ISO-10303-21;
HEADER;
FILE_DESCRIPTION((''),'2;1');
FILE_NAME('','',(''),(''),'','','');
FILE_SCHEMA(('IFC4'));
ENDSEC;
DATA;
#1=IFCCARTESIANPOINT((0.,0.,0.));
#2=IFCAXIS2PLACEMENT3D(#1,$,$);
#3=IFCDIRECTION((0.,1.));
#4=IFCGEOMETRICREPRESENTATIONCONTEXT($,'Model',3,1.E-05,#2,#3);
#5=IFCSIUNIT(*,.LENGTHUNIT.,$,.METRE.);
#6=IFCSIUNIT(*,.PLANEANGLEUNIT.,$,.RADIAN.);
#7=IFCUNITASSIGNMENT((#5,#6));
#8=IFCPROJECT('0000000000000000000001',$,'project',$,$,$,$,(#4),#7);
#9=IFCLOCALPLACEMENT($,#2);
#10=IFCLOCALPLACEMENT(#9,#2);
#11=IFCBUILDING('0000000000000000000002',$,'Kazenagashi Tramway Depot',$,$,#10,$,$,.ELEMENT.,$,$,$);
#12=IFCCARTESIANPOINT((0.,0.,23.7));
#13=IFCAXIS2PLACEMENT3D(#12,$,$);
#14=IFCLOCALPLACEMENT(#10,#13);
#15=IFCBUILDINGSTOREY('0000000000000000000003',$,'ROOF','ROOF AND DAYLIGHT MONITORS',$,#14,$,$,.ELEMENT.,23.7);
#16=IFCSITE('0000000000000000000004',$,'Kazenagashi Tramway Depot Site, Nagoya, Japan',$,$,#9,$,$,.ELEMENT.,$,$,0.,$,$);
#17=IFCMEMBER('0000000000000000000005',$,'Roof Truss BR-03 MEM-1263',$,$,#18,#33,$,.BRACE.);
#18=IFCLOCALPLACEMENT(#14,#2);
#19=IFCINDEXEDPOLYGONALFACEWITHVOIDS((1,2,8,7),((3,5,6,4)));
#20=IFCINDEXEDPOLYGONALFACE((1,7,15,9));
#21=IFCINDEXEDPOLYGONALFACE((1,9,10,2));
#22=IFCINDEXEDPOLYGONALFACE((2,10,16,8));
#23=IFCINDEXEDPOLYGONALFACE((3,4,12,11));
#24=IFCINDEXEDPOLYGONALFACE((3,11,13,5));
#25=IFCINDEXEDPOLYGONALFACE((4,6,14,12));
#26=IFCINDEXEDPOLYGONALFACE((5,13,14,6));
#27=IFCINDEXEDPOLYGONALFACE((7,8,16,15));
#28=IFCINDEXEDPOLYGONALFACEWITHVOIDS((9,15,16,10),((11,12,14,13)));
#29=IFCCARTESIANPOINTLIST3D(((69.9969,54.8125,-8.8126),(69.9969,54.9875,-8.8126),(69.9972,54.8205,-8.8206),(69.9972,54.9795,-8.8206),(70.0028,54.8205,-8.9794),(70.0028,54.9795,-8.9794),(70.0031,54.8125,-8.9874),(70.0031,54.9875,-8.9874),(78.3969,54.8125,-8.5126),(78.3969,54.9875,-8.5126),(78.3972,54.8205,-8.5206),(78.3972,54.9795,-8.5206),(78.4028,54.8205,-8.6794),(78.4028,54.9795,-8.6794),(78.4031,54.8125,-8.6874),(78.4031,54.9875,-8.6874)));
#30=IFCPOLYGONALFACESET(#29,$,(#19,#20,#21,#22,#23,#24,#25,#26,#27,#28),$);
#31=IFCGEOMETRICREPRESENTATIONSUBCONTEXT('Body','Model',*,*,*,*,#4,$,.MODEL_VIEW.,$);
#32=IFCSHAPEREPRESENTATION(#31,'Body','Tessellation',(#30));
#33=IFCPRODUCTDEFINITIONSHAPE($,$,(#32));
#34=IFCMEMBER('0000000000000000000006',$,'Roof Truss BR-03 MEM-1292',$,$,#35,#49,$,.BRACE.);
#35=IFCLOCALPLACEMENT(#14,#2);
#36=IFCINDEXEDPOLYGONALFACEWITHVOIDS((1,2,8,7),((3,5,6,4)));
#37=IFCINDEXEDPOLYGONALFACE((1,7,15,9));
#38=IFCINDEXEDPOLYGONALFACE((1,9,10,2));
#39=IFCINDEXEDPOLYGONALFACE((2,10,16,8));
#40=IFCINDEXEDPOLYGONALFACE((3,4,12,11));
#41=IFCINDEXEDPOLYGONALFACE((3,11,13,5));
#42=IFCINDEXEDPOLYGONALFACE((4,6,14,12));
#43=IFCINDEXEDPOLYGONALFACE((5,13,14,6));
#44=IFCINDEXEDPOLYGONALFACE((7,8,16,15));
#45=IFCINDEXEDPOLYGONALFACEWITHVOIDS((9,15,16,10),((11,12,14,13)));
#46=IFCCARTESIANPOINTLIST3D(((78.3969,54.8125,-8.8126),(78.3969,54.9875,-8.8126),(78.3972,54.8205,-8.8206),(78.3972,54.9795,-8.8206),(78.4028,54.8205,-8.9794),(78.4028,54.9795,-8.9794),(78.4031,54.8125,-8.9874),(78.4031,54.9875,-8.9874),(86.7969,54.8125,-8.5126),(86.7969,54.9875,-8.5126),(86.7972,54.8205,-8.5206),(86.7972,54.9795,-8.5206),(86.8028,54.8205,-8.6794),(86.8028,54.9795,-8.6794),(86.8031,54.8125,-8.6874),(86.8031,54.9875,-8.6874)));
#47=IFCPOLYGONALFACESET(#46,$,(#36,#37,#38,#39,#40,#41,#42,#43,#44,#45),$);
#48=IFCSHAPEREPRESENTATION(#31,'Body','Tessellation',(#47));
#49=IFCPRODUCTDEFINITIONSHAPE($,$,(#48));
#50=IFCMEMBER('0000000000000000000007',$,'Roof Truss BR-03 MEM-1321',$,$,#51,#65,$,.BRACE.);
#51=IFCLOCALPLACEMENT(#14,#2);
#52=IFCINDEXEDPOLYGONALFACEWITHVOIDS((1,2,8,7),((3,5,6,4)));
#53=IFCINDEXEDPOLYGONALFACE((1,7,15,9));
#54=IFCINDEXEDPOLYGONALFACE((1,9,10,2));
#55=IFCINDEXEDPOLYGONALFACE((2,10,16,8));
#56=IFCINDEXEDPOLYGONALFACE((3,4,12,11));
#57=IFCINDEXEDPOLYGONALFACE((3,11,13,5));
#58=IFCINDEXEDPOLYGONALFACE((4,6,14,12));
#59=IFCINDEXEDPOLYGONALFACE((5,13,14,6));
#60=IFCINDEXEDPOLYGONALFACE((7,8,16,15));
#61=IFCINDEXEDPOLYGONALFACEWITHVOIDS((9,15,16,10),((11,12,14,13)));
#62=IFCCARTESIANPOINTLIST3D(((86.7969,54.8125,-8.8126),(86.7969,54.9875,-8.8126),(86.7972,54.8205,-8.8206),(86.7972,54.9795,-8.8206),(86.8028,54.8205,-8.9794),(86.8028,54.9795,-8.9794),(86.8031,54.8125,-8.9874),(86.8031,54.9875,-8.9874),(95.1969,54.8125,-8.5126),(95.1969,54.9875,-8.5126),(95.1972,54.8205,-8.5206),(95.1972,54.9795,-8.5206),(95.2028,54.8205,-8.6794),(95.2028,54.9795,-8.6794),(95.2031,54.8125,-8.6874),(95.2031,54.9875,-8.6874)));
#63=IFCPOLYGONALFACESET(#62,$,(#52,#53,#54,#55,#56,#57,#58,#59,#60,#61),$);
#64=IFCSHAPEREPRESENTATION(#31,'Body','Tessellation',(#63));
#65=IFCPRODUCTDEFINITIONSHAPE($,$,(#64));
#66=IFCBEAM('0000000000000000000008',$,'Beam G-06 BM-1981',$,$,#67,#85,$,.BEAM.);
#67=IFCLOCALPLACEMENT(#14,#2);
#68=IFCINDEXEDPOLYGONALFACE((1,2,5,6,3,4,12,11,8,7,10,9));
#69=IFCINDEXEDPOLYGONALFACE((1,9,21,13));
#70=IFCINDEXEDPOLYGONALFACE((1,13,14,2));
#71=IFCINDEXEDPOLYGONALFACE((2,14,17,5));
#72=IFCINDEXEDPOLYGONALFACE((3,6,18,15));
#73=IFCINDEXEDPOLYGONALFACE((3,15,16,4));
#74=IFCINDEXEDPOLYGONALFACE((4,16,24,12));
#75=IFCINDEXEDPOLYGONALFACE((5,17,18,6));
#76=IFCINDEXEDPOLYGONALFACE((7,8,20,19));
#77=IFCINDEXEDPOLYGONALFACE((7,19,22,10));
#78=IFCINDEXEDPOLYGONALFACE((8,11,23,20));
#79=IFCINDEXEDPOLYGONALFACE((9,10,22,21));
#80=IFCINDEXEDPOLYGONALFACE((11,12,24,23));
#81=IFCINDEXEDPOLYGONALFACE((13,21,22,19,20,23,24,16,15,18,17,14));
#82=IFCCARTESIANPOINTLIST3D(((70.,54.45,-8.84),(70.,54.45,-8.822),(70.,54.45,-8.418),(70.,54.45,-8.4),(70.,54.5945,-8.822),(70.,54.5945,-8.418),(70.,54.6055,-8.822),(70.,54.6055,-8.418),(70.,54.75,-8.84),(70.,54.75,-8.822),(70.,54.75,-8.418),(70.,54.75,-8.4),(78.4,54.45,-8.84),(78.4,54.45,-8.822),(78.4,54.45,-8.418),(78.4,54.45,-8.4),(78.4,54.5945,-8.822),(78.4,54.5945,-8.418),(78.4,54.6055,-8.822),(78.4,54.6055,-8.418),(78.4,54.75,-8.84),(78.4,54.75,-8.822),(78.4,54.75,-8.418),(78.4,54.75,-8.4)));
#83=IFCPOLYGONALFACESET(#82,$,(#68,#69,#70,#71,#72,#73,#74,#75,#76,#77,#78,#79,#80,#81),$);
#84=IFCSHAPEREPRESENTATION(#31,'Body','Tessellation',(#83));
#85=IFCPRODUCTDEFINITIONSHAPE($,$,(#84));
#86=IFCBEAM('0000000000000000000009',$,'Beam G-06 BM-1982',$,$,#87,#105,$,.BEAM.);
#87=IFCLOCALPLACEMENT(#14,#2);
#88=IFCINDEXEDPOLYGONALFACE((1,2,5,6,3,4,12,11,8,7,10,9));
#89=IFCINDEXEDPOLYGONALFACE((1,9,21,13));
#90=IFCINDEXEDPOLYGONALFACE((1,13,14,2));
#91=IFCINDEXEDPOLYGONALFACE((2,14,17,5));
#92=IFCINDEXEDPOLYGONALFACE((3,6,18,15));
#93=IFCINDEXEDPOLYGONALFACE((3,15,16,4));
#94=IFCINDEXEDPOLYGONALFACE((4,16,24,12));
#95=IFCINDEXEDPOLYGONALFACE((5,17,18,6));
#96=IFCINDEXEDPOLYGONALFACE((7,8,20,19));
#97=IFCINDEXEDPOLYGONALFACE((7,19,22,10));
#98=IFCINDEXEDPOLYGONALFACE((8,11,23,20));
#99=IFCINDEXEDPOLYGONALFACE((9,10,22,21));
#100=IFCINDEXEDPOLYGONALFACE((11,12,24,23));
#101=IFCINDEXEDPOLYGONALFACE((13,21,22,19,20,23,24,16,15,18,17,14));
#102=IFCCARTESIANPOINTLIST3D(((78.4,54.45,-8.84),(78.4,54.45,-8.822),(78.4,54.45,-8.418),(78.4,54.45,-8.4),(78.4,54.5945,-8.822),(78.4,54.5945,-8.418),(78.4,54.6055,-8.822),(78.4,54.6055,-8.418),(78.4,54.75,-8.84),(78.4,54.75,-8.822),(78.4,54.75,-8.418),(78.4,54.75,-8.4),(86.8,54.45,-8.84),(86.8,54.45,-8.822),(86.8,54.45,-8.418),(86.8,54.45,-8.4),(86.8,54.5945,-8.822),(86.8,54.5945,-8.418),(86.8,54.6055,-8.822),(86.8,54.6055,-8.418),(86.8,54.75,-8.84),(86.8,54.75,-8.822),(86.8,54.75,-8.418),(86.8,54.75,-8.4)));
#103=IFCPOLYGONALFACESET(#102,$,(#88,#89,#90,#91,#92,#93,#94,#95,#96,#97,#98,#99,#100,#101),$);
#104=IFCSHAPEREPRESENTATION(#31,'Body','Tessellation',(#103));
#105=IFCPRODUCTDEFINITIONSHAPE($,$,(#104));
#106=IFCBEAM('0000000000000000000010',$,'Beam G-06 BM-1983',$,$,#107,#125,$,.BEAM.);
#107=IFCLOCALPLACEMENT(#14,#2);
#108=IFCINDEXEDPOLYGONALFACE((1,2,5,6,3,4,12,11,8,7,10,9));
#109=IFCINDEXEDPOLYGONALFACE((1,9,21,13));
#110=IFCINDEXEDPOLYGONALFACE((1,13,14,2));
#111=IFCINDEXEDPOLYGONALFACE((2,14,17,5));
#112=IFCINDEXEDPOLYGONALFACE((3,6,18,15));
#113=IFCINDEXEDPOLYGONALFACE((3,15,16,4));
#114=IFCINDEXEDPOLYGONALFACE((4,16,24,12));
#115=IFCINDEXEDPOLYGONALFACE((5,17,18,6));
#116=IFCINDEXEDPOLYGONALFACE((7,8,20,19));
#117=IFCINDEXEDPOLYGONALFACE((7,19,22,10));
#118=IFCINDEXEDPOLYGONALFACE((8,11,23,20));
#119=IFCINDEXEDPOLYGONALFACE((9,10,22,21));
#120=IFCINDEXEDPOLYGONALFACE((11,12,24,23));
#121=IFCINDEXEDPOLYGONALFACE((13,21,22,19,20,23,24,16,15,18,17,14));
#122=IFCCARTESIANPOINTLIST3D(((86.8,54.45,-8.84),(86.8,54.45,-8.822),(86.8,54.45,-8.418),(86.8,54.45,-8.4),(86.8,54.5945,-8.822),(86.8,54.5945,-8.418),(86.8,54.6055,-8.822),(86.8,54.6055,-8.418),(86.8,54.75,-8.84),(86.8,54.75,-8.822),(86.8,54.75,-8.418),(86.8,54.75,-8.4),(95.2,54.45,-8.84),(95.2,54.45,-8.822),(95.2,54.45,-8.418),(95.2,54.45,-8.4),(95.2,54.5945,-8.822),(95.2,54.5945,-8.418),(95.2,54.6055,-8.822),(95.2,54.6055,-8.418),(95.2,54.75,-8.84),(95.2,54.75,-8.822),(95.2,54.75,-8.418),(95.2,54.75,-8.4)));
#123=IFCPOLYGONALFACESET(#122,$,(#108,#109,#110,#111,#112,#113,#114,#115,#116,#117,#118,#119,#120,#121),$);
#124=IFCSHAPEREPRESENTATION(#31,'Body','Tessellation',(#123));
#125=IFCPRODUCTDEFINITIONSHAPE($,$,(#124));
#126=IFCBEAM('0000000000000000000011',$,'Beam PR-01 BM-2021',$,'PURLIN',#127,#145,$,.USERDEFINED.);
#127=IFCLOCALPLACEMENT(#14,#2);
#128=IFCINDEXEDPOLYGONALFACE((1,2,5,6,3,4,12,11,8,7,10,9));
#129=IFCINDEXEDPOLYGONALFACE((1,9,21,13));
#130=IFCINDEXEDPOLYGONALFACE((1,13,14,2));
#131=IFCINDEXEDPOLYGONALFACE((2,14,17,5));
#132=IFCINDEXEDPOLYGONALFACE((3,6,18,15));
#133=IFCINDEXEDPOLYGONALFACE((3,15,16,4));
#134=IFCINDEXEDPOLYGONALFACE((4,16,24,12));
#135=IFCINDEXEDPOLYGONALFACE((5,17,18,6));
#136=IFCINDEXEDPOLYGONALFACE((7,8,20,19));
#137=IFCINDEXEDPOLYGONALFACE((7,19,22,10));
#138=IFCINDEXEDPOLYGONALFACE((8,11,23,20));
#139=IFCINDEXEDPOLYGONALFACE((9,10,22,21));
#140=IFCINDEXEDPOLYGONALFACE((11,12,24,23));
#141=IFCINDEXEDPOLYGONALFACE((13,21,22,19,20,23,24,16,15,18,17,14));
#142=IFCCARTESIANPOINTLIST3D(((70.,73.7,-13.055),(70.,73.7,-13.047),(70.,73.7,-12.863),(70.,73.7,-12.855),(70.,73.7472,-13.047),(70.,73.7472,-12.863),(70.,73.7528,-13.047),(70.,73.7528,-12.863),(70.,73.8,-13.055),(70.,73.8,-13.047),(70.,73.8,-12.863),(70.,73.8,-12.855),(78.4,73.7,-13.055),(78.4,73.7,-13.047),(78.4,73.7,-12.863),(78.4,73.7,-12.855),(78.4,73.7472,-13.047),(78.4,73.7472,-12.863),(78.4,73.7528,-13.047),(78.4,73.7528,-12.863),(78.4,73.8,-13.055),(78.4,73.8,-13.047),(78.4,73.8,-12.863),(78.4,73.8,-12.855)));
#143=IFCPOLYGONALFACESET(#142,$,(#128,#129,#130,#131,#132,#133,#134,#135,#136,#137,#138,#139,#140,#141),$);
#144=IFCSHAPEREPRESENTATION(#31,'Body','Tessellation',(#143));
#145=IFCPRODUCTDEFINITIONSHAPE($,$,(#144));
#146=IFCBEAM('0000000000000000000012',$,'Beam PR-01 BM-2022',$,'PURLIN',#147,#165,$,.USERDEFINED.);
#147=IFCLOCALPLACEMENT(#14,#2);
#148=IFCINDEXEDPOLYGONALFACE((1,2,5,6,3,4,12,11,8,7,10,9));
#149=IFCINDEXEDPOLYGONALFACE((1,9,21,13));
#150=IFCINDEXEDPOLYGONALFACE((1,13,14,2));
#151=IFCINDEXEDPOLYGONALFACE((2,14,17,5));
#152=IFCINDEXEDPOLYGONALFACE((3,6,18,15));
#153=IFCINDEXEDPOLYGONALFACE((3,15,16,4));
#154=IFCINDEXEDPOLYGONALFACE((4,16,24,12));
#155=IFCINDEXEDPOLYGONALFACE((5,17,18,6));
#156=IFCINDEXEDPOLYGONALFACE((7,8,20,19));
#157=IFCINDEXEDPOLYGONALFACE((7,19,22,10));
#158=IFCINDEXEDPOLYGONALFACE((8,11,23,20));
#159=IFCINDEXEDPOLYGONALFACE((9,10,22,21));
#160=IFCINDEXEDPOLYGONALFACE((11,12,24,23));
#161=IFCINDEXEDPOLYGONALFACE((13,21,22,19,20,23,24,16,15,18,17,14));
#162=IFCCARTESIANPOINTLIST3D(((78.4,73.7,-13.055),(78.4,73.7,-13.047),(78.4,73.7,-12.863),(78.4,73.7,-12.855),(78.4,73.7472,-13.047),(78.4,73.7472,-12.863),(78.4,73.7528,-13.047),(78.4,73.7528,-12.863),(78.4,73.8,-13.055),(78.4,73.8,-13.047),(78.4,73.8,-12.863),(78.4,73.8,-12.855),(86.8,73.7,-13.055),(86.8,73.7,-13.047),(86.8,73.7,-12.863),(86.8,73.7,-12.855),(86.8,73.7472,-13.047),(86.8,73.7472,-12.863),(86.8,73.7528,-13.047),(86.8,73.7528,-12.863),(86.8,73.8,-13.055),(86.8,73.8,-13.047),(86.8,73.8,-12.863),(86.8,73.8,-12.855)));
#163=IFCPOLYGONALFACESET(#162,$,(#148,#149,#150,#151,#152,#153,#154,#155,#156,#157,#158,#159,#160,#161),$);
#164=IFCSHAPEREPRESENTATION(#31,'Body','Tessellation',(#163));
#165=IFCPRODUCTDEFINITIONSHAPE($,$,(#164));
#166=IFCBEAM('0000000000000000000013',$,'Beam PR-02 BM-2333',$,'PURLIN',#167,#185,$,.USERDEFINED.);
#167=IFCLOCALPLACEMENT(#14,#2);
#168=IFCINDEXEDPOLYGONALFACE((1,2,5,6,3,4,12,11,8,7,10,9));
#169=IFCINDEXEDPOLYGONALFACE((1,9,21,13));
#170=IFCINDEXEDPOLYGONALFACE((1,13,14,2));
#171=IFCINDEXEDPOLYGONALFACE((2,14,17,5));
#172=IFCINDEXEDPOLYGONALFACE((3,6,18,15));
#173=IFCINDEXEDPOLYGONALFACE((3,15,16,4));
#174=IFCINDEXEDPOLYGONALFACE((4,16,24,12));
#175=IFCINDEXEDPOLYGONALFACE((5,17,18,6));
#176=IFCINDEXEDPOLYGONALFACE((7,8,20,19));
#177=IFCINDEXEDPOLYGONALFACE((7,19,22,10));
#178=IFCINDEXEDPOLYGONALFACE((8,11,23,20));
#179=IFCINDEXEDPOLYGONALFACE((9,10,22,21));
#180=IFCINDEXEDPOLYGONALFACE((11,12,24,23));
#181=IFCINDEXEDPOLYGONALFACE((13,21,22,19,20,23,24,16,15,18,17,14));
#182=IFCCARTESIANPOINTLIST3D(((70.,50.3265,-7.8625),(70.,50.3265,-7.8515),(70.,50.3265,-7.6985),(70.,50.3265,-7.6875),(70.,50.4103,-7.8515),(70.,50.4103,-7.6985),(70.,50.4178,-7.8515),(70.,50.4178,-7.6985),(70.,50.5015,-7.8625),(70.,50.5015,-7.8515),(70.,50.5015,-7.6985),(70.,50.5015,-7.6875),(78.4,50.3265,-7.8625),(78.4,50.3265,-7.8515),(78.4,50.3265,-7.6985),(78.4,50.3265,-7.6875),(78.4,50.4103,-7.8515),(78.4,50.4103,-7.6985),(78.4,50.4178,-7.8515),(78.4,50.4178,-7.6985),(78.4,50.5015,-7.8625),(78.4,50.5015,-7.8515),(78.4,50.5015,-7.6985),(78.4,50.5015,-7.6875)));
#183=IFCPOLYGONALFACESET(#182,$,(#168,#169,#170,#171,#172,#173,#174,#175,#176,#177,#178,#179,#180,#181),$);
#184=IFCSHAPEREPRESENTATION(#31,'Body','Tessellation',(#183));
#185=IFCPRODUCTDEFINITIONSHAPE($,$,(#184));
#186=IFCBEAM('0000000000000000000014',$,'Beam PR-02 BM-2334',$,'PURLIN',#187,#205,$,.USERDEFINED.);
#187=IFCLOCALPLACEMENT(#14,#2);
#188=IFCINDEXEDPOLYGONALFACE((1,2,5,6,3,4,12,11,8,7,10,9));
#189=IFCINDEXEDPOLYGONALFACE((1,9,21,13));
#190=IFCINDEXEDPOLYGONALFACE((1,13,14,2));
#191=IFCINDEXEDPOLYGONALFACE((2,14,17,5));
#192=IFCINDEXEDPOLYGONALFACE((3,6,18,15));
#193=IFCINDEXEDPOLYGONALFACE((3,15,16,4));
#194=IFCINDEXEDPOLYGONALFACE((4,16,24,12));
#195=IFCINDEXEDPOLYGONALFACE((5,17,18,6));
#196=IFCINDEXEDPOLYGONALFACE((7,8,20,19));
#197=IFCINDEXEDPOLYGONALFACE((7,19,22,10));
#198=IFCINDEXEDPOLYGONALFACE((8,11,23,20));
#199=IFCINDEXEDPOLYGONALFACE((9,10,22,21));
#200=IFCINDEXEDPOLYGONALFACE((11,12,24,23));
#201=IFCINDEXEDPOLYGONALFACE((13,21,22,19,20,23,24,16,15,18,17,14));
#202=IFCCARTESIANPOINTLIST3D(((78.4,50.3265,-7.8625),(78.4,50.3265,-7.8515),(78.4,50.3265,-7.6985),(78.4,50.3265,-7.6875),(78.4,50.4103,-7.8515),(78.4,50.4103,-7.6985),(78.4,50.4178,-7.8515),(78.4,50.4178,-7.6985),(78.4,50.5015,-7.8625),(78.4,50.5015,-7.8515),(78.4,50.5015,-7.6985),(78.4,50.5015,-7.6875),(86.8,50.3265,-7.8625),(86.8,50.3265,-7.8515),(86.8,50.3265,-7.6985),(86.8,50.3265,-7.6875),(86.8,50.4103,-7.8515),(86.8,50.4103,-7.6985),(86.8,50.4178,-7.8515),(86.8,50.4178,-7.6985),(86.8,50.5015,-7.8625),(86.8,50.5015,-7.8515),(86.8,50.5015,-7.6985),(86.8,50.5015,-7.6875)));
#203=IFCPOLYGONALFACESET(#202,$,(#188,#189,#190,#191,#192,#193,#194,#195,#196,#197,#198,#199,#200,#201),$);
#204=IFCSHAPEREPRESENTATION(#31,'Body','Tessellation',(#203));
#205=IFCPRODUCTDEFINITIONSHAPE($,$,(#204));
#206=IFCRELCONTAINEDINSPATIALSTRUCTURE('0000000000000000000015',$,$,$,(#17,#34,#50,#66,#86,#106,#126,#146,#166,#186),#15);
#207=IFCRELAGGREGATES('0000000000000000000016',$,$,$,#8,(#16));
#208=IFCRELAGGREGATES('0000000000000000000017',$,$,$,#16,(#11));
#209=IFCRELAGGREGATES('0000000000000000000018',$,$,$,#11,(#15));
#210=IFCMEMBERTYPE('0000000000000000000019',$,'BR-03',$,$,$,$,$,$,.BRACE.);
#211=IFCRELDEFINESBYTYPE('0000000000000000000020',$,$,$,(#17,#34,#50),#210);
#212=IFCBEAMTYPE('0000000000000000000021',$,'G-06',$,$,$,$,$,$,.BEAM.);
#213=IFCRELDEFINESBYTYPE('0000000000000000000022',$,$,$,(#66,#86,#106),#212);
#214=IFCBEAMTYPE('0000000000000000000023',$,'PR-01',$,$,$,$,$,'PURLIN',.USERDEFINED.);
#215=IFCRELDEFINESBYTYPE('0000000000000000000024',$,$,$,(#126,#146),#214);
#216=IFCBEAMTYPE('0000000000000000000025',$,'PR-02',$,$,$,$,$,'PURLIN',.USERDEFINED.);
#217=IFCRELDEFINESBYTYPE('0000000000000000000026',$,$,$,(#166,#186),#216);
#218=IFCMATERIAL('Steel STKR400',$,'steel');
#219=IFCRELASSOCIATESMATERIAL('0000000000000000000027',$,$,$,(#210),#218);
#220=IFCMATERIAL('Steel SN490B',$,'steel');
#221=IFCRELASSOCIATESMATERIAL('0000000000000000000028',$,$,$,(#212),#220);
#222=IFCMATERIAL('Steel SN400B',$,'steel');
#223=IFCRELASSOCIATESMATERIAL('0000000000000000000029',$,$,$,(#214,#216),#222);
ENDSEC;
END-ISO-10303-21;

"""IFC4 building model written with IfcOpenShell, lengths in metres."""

from ifc_helpers import new_model, si_unit, direction, frame, origin, origin_2d, place, context, subcontext, project, spatial, hollow_rectangle, i_section, extrude, material, material_profile, profile_set, type_object, element, save


model = new_model("IFC4")

# Units and contexts
model_context = context("Model", 3, precision=1e-05, world=origin(), true_north=direction((0.0, 1.0)))
body_context = subcontext(model_context, "Body", "Model", "MODEL_VIEW")
ifc_project = project(units=[si_unit("LENGTHUNIT", "METRE"), si_unit("PLANEANGLEUNIT", "RADIAN")], contexts=[model_context])

# Site, building, storey
site_placement = place(None, origin())
site = spatial("IfcSite", under=ifc_project, at=site_placement, Name="Kazenagashi Tramway Depot Site, Nagoya, Japan", CompositionType="ELEMENT", RefElevation=0.0)
building_placement = place(site_placement, origin())
building = spatial("IfcBuilding", under=site, at=building_placement, Name="Kazenagashi Tramway Depot", CompositionType="ELEMENT")
storey_placement = place(building_placement, frame((0.0, 0.0, 23.7)))
storey = spatial("IfcBuildingStorey", under=building, at=storey_placement, Name="ROOF", Description="ROOF AND DAYLIGHT MONITORS", CompositionType="ELEMENT", Elevation=23.7)

# Members
ifc_material_1 = material(Name="Steel STKR400", Category="steel")
ifc_material_profile_1 = material_profile(ifc_material_1, hollow_rectangle(XDim=0.175, YDim=0.175, WallThickness=0.008, at=origin_2d()), Name="SHS-175x175x8")
ifc_profile_set_1 = profile_set([ifc_material_profile_1], Name="Steel STKR400")
member_type_1 = type_object("IfcMemberType", Name="BR-03", PredefinedType="BRACE", material=ifc_profile_set_1)
for number, where, z_axis, x_axis, name in (
    (1, (70.0, 54.9, -8.9), (0.999363, 0.0, 0.035692), (0.0, 1.0, 0.0), "Roof Truss BR-03 MEM-1263"),
    (2, (78.4, 54.9, -8.9), (0.999363, 0.0, 0.035692), (0.0, 1.0, 0.0), "Roof Truss BR-03 MEM-1292"),
    (3, (86.8, 54.9, -8.9), (0.999363, 0.0, 0.035692), (0.0, 1.0, 0.0), "Roof Truss BR-03 MEM-1321"),
):
    element("IfcMember", number, at=place(storey_placement, frame(where, z_axis=z_axis, x_axis=x_axis)), inside=storey, type_object=member_type_1, Name=name, PredefinedType="BRACE", context=body_context, shape_type="SweptSolid", body=[
        extrude(hollow_rectangle(XDim=0.175, YDim=0.175, WallThickness=0.008, at=origin_2d()), origin(), (0.0, 0.0, 1.0), 8.4054),
    ])

# Beams
ifc_material_2 = material(Name="Steel SN490B", Category="steel")
ifc_material_profile_2 = material_profile(ifc_material_2, i_section(OverallWidth=0.3, OverallDepth=0.44, WebThickness=0.011, FlangeThickness=0.018, at=origin_2d()), Name="H-440x300x11x18")
ifc_profile_set_2 = profile_set([ifc_material_profile_2], Name="Steel SN490B")
beam_type_1 = type_object("IfcBeamType", Name="G-06", PredefinedType="BEAM", material=ifc_profile_set_2)
for number, where, z_axis, x_axis, name in (
    (4, (70.0, 54.6, -8.62), (1.0, 0.0, 0.0), (0.0, 1.0, 0.0), "Beam G-06 BM-1981"),
    (5, (78.4, 54.6, -8.62), (1.0, 0.0, 0.0), (0.0, 1.0, 0.0), "Beam G-06 BM-1982"),
    (6, (86.8, 54.6, -8.62), (1.0, 0.0, 0.0), (0.0, 1.0, 0.0), "Beam G-06 BM-1983"),
):
    element("IfcBeam", number, at=place(storey_placement, frame(where, z_axis=z_axis, x_axis=x_axis)), inside=storey, type_object=beam_type_1, Name=name, PredefinedType="BEAM", context=body_context, shape_type="SweptSolid", body=[
        extrude(i_section(OverallWidth=0.3, OverallDepth=0.44, WebThickness=0.011, FlangeThickness=0.018, at=origin_2d()), origin(), (0.0, 0.0, 1.0), 8.4),
    ])
ifc_material_3 = material(Name="Steel SN400B", Category="steel")
ifc_material_profile_3 = material_profile(ifc_material_3, i_section(OverallWidth=0.1, OverallDepth=0.2, WebThickness=0.0055, FlangeThickness=0.008, at=origin_2d()), Name="H-200x100x5.5x8")
ifc_profile_set_3 = profile_set([ifc_material_profile_3], Name="Steel SN400B")
beam_type_2 = type_object("IfcBeamType", Name="PR-01", ElementType="PURLIN", PredefinedType="USERDEFINED", material=ifc_profile_set_3)
for number, where, z_axis, x_axis, name in (
    (7, (70.0, 73.75, -12.955), (1.0, 0.0, 0.0), (0.0, 1.0, 0.0), "Beam PR-01 BM-2021"),
    (8, (78.4, 73.75, -12.955), (1.0, 0.0, 0.0), (0.0, 1.0, 0.0), "Beam PR-01 BM-2022"),
):
    element("IfcBeam", number, at=place(storey_placement, frame(where, z_axis=z_axis, x_axis=x_axis)), inside=storey, type_object=beam_type_2, Name=name, ObjectType="PURLIN", PredefinedType="USERDEFINED", context=body_context, shape_type="SweptSolid", body=[
        extrude(i_section(OverallWidth=0.1, OverallDepth=0.2, WebThickness=0.0055, FlangeThickness=0.008, at=origin_2d()), origin(), (0.0, 0.0, 1.0), 8.4),
    ])
ifc_material_profile_4 = material_profile(ifc_material_3, i_section(OverallWidth=0.175, OverallDepth=0.175, WebThickness=0.0075, FlangeThickness=0.011, at=origin_2d()), Name="H-175x175x7.5x11")
ifc_profile_set_4 = profile_set([ifc_material_profile_4], Name="Steel SN400B")
beam_type_3 = type_object("IfcBeamType", Name="PR-02", ElementType="PURLIN", PredefinedType="USERDEFINED", material=ifc_profile_set_4)
for number, where, z_axis, x_axis, name in (
    (9, (70.0, 50.414, -7.775), (1.0, 0.0, 0.0), (0.0, 1.0, 0.0), "Beam PR-02 BM-2333"),
    (10, (78.4, 50.414, -7.775), (1.0, 0.0, 0.0), (0.0, 1.0, 0.0), "Beam PR-02 BM-2334"),
):
    element("IfcBeam", number, at=place(storey_placement, frame(where, z_axis=z_axis, x_axis=x_axis)), inside=storey, type_object=beam_type_3, Name=name, ObjectType="PURLIN", PredefinedType="USERDEFINED", context=body_context, shape_type="SweptSolid", body=[
        extrude(i_section(OverallWidth=0.175, OverallDepth=0.175, WebThickness=0.0075, FlangeThickness=0.011, at=origin_2d()), origin(), (0.0, 0.0, 1.0), 8.4),
    ])

save(model, "model.ifc")
